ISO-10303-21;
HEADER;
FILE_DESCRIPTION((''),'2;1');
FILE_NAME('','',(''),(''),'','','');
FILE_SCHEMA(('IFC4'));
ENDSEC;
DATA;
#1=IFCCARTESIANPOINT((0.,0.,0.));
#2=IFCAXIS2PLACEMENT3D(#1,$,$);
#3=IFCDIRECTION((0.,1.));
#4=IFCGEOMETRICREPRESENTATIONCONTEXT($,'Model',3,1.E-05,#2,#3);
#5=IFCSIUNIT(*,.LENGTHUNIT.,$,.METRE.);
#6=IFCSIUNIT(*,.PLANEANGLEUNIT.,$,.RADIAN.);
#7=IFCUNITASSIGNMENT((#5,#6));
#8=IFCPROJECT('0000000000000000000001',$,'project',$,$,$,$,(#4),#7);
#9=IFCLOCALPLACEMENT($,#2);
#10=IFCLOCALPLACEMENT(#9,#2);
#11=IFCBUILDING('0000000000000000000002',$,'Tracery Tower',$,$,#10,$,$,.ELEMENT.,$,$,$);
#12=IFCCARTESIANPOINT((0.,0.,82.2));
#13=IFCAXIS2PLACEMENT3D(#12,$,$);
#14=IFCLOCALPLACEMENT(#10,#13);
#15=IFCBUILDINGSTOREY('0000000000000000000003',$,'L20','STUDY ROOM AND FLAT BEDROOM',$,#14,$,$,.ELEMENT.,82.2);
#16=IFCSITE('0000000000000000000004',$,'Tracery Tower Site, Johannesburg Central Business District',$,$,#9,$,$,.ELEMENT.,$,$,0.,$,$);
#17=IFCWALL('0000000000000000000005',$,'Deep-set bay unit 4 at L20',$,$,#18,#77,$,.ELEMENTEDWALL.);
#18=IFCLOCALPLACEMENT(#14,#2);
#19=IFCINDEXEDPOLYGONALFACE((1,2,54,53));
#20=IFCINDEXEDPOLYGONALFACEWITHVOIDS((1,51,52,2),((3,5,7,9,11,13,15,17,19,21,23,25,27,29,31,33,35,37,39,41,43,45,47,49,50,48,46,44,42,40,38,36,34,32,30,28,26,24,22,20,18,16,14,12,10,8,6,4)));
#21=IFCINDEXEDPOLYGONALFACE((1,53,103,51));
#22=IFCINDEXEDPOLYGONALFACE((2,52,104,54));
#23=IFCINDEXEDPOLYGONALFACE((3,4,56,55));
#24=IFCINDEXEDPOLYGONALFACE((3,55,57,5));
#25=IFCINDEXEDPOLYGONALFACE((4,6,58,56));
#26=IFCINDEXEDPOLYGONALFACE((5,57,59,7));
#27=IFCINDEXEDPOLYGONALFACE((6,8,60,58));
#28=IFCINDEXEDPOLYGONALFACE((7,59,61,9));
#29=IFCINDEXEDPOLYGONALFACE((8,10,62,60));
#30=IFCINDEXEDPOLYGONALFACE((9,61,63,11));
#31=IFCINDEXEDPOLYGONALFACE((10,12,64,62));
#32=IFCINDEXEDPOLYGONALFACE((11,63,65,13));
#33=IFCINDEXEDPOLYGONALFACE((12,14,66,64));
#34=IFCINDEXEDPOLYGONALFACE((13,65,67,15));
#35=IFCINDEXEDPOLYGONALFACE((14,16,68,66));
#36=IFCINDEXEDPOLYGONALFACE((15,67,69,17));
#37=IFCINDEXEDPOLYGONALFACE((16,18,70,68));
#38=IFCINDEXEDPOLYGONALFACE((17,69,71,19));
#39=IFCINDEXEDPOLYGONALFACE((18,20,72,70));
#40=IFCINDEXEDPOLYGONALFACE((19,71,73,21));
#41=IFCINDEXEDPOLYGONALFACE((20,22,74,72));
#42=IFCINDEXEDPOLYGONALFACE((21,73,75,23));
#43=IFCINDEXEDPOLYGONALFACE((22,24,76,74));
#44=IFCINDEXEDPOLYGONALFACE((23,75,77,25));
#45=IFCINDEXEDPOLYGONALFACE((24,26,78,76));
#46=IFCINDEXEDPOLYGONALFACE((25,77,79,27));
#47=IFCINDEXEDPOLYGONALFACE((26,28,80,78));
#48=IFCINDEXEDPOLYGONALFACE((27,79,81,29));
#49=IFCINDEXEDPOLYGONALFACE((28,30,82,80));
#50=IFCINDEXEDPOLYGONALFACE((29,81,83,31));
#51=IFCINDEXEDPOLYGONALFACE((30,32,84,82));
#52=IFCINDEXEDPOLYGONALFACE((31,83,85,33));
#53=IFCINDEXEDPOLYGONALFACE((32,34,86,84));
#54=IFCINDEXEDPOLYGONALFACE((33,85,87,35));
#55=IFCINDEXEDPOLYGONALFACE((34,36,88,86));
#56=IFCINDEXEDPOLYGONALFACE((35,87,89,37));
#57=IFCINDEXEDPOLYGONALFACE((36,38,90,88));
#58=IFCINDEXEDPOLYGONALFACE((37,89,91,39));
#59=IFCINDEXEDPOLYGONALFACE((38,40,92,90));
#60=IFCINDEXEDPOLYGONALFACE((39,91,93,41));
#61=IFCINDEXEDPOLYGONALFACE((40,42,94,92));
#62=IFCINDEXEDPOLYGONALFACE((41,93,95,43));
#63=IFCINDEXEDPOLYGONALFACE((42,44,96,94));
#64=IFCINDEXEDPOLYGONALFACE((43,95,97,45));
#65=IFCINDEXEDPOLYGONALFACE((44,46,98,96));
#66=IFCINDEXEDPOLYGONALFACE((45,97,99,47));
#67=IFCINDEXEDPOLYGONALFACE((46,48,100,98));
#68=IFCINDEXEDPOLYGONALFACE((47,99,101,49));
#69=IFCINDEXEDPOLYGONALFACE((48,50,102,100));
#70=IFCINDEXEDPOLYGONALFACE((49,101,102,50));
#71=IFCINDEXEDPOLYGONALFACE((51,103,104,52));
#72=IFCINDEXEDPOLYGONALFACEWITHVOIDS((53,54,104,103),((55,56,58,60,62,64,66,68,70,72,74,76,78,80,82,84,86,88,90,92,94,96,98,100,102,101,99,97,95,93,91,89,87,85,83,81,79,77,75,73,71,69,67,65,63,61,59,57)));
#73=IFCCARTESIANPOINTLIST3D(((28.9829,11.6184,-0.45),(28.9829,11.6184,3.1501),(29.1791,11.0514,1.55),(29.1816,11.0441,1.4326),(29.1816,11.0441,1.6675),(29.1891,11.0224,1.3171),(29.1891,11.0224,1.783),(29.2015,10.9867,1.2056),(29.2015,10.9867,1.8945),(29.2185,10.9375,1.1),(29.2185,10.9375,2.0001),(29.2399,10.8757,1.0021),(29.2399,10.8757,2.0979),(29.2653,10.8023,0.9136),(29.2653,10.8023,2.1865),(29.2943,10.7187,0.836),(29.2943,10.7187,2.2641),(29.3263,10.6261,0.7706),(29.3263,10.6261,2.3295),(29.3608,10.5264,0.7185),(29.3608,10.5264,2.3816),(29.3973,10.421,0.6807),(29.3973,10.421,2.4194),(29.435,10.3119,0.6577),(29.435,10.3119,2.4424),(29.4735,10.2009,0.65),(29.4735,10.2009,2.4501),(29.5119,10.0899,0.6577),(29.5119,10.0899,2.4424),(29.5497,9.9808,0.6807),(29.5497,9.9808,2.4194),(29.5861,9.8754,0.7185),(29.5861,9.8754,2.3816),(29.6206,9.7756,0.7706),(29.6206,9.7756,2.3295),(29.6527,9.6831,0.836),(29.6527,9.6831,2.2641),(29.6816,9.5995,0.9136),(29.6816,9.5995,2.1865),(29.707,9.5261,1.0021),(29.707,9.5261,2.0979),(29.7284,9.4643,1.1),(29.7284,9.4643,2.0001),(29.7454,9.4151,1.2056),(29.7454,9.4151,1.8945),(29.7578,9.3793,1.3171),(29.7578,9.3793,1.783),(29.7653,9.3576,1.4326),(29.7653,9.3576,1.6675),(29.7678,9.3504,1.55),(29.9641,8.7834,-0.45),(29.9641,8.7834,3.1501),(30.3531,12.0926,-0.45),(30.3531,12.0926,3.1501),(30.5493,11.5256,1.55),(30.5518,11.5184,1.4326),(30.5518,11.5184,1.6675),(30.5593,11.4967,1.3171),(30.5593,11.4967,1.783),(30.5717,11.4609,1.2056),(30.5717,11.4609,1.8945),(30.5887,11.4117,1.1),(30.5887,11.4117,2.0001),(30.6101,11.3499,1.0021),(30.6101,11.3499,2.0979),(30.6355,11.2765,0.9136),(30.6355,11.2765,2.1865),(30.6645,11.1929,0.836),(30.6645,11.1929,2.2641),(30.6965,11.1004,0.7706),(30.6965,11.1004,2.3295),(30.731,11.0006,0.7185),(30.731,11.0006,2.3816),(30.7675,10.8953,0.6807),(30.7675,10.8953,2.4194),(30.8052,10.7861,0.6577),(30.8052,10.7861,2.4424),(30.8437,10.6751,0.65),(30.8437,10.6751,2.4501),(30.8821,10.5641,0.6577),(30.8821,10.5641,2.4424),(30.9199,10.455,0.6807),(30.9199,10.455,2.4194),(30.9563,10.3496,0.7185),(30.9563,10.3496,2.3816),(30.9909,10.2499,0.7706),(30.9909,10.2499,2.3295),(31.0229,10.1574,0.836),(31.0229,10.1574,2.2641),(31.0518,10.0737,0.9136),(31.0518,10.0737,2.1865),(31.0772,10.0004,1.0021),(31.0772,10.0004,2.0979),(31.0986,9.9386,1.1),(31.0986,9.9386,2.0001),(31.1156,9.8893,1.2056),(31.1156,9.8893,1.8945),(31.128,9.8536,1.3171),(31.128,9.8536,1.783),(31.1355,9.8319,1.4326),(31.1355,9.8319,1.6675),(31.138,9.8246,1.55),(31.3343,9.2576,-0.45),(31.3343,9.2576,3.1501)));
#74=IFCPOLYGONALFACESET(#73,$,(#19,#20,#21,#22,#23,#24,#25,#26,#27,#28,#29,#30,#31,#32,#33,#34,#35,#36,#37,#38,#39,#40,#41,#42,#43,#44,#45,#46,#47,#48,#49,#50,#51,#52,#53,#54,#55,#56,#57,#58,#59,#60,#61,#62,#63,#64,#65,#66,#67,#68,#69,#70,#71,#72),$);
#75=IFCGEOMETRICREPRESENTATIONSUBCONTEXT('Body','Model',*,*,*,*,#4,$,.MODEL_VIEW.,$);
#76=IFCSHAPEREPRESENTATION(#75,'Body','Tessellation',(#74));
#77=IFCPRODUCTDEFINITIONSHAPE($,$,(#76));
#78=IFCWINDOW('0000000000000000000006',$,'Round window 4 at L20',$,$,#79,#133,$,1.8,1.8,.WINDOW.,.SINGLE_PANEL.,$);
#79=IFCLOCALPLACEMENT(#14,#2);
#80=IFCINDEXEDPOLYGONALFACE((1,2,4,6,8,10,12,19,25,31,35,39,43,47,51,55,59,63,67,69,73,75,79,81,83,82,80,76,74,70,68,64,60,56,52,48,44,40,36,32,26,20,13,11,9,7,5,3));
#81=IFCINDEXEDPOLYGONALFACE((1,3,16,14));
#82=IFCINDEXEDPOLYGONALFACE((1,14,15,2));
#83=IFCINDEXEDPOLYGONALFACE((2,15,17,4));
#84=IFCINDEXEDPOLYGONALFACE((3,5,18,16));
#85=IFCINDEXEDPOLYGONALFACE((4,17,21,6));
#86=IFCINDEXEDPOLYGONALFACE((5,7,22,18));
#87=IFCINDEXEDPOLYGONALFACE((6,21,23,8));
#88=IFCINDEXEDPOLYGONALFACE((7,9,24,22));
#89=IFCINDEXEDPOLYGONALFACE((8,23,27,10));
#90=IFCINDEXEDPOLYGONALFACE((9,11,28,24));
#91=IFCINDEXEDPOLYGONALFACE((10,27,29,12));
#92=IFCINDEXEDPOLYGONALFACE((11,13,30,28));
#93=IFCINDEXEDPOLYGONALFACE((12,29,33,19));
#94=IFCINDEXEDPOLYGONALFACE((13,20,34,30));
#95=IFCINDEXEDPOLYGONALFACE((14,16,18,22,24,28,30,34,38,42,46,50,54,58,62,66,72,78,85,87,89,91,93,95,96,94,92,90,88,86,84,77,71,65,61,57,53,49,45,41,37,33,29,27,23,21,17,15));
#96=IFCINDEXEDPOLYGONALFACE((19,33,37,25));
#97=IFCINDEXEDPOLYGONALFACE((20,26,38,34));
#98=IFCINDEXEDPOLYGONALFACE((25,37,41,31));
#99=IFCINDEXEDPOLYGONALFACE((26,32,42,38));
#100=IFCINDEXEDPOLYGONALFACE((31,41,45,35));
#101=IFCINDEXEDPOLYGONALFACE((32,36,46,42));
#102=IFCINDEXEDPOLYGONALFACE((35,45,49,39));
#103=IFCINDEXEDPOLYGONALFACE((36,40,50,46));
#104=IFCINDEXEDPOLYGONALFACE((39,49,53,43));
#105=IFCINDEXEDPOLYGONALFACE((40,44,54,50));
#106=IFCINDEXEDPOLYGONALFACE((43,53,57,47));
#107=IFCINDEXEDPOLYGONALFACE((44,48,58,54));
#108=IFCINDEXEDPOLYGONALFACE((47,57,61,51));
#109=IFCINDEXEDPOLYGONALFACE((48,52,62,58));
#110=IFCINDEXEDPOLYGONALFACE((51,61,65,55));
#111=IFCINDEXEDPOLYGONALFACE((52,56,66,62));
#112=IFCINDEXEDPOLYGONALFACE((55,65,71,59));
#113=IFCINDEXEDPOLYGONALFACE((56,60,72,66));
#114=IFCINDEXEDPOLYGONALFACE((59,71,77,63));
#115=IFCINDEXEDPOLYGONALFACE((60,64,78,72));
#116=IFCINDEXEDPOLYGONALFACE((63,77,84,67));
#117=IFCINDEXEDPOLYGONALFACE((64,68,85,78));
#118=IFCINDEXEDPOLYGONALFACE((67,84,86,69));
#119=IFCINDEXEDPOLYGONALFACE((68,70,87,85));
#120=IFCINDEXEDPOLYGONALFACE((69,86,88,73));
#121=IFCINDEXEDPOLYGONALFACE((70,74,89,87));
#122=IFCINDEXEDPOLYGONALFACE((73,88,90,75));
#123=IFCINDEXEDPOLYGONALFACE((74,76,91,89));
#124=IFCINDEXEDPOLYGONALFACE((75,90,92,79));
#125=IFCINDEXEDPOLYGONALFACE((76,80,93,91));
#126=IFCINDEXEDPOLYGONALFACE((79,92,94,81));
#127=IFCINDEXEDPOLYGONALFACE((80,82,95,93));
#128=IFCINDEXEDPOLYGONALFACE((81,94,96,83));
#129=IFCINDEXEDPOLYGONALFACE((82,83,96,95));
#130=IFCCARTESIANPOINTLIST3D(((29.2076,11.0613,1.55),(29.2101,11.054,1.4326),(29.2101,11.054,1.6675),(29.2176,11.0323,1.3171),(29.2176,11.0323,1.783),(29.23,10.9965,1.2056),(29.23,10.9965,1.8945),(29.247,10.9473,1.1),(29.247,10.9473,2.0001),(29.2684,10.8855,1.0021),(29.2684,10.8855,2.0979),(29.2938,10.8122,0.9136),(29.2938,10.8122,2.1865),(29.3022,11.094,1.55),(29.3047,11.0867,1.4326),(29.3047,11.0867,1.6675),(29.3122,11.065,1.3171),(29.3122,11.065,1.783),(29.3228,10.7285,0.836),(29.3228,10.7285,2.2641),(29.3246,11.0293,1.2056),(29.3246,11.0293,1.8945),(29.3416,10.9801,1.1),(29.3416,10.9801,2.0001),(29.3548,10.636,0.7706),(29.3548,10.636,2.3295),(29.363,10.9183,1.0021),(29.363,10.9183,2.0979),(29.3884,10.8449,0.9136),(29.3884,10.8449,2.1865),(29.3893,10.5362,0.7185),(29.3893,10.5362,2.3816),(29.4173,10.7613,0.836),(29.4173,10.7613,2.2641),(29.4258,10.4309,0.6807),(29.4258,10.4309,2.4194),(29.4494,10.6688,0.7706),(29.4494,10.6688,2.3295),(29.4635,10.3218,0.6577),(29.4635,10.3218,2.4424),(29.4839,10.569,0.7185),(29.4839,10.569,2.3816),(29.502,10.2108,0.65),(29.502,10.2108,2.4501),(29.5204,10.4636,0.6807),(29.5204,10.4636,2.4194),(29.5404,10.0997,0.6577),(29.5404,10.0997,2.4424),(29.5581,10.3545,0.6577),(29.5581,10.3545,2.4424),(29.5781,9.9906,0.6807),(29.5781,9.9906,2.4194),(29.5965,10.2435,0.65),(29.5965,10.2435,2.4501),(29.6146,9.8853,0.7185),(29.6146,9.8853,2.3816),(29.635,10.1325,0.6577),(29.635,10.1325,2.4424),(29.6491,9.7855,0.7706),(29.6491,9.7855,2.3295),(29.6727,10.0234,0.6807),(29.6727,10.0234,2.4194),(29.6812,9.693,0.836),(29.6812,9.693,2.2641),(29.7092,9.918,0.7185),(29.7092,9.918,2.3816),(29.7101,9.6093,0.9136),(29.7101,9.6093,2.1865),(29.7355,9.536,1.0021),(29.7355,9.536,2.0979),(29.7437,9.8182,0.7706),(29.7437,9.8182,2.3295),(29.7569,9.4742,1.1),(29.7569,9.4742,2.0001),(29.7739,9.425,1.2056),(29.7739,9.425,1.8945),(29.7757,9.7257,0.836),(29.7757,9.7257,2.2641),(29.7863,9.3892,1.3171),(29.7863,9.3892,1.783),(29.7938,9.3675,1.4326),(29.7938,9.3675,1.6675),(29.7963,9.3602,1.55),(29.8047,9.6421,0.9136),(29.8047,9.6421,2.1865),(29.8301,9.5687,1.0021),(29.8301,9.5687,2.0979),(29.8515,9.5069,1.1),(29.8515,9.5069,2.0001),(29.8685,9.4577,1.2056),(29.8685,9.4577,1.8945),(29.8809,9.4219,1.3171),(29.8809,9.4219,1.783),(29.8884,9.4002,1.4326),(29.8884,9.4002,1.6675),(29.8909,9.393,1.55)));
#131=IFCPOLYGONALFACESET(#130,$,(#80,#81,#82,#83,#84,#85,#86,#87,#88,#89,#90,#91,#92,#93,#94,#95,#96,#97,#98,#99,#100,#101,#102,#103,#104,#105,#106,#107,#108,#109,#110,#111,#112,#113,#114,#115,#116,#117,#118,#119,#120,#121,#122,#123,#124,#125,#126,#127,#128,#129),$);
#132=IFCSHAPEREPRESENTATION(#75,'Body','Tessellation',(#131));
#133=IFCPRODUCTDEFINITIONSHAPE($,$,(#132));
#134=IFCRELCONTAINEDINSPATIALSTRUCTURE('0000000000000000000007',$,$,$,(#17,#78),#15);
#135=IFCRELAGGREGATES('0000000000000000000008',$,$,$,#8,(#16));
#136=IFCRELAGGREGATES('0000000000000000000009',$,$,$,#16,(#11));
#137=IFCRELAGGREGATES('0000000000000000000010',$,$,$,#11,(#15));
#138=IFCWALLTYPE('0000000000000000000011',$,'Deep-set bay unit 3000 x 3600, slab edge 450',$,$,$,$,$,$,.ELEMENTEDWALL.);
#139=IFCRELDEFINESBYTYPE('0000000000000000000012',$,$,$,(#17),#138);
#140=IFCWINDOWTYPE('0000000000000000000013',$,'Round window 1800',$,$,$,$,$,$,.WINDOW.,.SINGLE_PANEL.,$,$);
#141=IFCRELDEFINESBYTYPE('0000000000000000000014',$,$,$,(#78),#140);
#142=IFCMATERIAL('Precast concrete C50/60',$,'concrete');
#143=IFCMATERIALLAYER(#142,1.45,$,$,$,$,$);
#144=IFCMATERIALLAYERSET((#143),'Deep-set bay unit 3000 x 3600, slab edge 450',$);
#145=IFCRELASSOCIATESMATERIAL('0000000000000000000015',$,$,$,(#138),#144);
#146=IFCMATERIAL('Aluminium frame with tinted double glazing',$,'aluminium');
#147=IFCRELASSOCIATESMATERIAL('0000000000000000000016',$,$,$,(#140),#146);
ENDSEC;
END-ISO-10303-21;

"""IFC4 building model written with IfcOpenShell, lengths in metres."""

from ifc_helpers import new_model, si_unit, direction, frame, frame_2d, origin, origin_2d, place, context, subcontext, project, spatial, rectangle, circle, extrude, material, layer, layer_set, type_object, element, fill, save


model = new_model("IFC4")

# Units and contexts
model_context = context("Model", 3, precision=1e-05, world=origin(), true_north=direction((0.0, 1.0)))
body_context = subcontext(model_context, "Body", "Model", "MODEL_VIEW")
ifc_project = project(units=[si_unit("LENGTHUNIT", "METRE"), si_unit("PLANEANGLEUNIT", "RADIAN")], contexts=[model_context])

# Site, building, storey
site_placement = place(None, origin())
site = spatial("IfcSite", under=ifc_project, at=site_placement, Name="Tracery Tower Site, Johannesburg Central Business District", CompositionType="ELEMENT", RefElevation=0.0)
building_placement = place(site_placement, origin())
building = spatial("IfcBuilding", under=site, at=building_placement, Name="Tracery Tower", CompositionType="ELEMENT")
storey_placement = place(building_placement, frame((0.0, 0.0, 82.2)))
storey = spatial("IfcBuildingStorey", under=building, at=storey_placement, Name="L20", Description="STUDY ROOM AND FLAT BEDROOM", CompositionType="ELEMENT", Elevation=82.2)

# Wall, opening, window
ifc_material_1 = material(Name="Precast concrete C50/60", Category="concrete")
ifc_layer_1 = layer(ifc_material_1, 1.45)
ifc_layer_set_1 = layer_set([ifc_layer_1], Name="Deep-set bay unit 3000 x 3600, slab edge 450")
wall_type_1 = type_object("IfcWallType", Name="Deep-set bay unit 3000 x 3600, slab edge 450", PredefinedType="ELEMENTEDWALL", material=ifc_layer_set_1)
ifc_material_2 = material(Name="Aluminium frame with tinted double glazing", Category="aluminium")
window_type = type_object("IfcWindowType", Name="Round window 1800", PartitioningType="SINGLE_PANEL", PredefinedType="WINDOW", material=ifc_material_2)
wall_1_placement = place(storey_placement, frame((30.6492, 9.0205, -0.45), z_axis=(0.0, 0.0, 1.0), x_axis=(-0.327071, 0.945, 0.0)))
wall_1 = element("IfcWall", 1, at=wall_1_placement, inside=storey, type_object=wall_type_1, Name="Deep-set bay unit 4 at L20", PredefinedType="ELEMENTEDWALL", context=body_context, shape_type="SweptSolid", body=[
    extrude(rectangle(XDim=3.0, YDim=1.45, at=frame_2d((1.5, 0.0))), origin(), (0.0, 0.0, 1.0), 3.6001),
])
opening_1_placement = place(wall_1_placement, frame((1.5, 0.0, 2.0)))
opening_1 = element("IfcOpeningElement", 2, at=opening_1_placement, cuts=wall_1, PredefinedType="OPENING", context=body_context, shape_type="SweptSolid", body=[
    extrude(circle(Radius=0.9, at=origin_2d()), frame((0.0, 0.7349, 0.0), z_axis=(0.0, -1.0, 0.0), x_axis=(1.0, 0.0, 0.0)), (0.0, 0.0, 1.0), 1.47),
])
window_1_placement = place(opening_1_placement, origin())
window_1 = element("IfcWindow", 3, at=window_1_placement, inside=storey, type_object=window_type, Name="Round window 4 at L20", OverallHeight=1.8, OverallWidth=1.8, PartitioningType="SINGLE_PANEL", PredefinedType="WINDOW", context=body_context, shape_type="SweptSolid", body=[
    extrude(circle(Radius=0.9, at=origin_2d()), frame((0.0, 0.6948, 0.0), z_axis=(0.0, -1.0, 0.0), x_axis=(1.0, 0.0, 0.0)), (0.0, 0.0, 1.0), 0.1001),
])
fill(opening_1, window_1)

save(model, "model.ifc")
